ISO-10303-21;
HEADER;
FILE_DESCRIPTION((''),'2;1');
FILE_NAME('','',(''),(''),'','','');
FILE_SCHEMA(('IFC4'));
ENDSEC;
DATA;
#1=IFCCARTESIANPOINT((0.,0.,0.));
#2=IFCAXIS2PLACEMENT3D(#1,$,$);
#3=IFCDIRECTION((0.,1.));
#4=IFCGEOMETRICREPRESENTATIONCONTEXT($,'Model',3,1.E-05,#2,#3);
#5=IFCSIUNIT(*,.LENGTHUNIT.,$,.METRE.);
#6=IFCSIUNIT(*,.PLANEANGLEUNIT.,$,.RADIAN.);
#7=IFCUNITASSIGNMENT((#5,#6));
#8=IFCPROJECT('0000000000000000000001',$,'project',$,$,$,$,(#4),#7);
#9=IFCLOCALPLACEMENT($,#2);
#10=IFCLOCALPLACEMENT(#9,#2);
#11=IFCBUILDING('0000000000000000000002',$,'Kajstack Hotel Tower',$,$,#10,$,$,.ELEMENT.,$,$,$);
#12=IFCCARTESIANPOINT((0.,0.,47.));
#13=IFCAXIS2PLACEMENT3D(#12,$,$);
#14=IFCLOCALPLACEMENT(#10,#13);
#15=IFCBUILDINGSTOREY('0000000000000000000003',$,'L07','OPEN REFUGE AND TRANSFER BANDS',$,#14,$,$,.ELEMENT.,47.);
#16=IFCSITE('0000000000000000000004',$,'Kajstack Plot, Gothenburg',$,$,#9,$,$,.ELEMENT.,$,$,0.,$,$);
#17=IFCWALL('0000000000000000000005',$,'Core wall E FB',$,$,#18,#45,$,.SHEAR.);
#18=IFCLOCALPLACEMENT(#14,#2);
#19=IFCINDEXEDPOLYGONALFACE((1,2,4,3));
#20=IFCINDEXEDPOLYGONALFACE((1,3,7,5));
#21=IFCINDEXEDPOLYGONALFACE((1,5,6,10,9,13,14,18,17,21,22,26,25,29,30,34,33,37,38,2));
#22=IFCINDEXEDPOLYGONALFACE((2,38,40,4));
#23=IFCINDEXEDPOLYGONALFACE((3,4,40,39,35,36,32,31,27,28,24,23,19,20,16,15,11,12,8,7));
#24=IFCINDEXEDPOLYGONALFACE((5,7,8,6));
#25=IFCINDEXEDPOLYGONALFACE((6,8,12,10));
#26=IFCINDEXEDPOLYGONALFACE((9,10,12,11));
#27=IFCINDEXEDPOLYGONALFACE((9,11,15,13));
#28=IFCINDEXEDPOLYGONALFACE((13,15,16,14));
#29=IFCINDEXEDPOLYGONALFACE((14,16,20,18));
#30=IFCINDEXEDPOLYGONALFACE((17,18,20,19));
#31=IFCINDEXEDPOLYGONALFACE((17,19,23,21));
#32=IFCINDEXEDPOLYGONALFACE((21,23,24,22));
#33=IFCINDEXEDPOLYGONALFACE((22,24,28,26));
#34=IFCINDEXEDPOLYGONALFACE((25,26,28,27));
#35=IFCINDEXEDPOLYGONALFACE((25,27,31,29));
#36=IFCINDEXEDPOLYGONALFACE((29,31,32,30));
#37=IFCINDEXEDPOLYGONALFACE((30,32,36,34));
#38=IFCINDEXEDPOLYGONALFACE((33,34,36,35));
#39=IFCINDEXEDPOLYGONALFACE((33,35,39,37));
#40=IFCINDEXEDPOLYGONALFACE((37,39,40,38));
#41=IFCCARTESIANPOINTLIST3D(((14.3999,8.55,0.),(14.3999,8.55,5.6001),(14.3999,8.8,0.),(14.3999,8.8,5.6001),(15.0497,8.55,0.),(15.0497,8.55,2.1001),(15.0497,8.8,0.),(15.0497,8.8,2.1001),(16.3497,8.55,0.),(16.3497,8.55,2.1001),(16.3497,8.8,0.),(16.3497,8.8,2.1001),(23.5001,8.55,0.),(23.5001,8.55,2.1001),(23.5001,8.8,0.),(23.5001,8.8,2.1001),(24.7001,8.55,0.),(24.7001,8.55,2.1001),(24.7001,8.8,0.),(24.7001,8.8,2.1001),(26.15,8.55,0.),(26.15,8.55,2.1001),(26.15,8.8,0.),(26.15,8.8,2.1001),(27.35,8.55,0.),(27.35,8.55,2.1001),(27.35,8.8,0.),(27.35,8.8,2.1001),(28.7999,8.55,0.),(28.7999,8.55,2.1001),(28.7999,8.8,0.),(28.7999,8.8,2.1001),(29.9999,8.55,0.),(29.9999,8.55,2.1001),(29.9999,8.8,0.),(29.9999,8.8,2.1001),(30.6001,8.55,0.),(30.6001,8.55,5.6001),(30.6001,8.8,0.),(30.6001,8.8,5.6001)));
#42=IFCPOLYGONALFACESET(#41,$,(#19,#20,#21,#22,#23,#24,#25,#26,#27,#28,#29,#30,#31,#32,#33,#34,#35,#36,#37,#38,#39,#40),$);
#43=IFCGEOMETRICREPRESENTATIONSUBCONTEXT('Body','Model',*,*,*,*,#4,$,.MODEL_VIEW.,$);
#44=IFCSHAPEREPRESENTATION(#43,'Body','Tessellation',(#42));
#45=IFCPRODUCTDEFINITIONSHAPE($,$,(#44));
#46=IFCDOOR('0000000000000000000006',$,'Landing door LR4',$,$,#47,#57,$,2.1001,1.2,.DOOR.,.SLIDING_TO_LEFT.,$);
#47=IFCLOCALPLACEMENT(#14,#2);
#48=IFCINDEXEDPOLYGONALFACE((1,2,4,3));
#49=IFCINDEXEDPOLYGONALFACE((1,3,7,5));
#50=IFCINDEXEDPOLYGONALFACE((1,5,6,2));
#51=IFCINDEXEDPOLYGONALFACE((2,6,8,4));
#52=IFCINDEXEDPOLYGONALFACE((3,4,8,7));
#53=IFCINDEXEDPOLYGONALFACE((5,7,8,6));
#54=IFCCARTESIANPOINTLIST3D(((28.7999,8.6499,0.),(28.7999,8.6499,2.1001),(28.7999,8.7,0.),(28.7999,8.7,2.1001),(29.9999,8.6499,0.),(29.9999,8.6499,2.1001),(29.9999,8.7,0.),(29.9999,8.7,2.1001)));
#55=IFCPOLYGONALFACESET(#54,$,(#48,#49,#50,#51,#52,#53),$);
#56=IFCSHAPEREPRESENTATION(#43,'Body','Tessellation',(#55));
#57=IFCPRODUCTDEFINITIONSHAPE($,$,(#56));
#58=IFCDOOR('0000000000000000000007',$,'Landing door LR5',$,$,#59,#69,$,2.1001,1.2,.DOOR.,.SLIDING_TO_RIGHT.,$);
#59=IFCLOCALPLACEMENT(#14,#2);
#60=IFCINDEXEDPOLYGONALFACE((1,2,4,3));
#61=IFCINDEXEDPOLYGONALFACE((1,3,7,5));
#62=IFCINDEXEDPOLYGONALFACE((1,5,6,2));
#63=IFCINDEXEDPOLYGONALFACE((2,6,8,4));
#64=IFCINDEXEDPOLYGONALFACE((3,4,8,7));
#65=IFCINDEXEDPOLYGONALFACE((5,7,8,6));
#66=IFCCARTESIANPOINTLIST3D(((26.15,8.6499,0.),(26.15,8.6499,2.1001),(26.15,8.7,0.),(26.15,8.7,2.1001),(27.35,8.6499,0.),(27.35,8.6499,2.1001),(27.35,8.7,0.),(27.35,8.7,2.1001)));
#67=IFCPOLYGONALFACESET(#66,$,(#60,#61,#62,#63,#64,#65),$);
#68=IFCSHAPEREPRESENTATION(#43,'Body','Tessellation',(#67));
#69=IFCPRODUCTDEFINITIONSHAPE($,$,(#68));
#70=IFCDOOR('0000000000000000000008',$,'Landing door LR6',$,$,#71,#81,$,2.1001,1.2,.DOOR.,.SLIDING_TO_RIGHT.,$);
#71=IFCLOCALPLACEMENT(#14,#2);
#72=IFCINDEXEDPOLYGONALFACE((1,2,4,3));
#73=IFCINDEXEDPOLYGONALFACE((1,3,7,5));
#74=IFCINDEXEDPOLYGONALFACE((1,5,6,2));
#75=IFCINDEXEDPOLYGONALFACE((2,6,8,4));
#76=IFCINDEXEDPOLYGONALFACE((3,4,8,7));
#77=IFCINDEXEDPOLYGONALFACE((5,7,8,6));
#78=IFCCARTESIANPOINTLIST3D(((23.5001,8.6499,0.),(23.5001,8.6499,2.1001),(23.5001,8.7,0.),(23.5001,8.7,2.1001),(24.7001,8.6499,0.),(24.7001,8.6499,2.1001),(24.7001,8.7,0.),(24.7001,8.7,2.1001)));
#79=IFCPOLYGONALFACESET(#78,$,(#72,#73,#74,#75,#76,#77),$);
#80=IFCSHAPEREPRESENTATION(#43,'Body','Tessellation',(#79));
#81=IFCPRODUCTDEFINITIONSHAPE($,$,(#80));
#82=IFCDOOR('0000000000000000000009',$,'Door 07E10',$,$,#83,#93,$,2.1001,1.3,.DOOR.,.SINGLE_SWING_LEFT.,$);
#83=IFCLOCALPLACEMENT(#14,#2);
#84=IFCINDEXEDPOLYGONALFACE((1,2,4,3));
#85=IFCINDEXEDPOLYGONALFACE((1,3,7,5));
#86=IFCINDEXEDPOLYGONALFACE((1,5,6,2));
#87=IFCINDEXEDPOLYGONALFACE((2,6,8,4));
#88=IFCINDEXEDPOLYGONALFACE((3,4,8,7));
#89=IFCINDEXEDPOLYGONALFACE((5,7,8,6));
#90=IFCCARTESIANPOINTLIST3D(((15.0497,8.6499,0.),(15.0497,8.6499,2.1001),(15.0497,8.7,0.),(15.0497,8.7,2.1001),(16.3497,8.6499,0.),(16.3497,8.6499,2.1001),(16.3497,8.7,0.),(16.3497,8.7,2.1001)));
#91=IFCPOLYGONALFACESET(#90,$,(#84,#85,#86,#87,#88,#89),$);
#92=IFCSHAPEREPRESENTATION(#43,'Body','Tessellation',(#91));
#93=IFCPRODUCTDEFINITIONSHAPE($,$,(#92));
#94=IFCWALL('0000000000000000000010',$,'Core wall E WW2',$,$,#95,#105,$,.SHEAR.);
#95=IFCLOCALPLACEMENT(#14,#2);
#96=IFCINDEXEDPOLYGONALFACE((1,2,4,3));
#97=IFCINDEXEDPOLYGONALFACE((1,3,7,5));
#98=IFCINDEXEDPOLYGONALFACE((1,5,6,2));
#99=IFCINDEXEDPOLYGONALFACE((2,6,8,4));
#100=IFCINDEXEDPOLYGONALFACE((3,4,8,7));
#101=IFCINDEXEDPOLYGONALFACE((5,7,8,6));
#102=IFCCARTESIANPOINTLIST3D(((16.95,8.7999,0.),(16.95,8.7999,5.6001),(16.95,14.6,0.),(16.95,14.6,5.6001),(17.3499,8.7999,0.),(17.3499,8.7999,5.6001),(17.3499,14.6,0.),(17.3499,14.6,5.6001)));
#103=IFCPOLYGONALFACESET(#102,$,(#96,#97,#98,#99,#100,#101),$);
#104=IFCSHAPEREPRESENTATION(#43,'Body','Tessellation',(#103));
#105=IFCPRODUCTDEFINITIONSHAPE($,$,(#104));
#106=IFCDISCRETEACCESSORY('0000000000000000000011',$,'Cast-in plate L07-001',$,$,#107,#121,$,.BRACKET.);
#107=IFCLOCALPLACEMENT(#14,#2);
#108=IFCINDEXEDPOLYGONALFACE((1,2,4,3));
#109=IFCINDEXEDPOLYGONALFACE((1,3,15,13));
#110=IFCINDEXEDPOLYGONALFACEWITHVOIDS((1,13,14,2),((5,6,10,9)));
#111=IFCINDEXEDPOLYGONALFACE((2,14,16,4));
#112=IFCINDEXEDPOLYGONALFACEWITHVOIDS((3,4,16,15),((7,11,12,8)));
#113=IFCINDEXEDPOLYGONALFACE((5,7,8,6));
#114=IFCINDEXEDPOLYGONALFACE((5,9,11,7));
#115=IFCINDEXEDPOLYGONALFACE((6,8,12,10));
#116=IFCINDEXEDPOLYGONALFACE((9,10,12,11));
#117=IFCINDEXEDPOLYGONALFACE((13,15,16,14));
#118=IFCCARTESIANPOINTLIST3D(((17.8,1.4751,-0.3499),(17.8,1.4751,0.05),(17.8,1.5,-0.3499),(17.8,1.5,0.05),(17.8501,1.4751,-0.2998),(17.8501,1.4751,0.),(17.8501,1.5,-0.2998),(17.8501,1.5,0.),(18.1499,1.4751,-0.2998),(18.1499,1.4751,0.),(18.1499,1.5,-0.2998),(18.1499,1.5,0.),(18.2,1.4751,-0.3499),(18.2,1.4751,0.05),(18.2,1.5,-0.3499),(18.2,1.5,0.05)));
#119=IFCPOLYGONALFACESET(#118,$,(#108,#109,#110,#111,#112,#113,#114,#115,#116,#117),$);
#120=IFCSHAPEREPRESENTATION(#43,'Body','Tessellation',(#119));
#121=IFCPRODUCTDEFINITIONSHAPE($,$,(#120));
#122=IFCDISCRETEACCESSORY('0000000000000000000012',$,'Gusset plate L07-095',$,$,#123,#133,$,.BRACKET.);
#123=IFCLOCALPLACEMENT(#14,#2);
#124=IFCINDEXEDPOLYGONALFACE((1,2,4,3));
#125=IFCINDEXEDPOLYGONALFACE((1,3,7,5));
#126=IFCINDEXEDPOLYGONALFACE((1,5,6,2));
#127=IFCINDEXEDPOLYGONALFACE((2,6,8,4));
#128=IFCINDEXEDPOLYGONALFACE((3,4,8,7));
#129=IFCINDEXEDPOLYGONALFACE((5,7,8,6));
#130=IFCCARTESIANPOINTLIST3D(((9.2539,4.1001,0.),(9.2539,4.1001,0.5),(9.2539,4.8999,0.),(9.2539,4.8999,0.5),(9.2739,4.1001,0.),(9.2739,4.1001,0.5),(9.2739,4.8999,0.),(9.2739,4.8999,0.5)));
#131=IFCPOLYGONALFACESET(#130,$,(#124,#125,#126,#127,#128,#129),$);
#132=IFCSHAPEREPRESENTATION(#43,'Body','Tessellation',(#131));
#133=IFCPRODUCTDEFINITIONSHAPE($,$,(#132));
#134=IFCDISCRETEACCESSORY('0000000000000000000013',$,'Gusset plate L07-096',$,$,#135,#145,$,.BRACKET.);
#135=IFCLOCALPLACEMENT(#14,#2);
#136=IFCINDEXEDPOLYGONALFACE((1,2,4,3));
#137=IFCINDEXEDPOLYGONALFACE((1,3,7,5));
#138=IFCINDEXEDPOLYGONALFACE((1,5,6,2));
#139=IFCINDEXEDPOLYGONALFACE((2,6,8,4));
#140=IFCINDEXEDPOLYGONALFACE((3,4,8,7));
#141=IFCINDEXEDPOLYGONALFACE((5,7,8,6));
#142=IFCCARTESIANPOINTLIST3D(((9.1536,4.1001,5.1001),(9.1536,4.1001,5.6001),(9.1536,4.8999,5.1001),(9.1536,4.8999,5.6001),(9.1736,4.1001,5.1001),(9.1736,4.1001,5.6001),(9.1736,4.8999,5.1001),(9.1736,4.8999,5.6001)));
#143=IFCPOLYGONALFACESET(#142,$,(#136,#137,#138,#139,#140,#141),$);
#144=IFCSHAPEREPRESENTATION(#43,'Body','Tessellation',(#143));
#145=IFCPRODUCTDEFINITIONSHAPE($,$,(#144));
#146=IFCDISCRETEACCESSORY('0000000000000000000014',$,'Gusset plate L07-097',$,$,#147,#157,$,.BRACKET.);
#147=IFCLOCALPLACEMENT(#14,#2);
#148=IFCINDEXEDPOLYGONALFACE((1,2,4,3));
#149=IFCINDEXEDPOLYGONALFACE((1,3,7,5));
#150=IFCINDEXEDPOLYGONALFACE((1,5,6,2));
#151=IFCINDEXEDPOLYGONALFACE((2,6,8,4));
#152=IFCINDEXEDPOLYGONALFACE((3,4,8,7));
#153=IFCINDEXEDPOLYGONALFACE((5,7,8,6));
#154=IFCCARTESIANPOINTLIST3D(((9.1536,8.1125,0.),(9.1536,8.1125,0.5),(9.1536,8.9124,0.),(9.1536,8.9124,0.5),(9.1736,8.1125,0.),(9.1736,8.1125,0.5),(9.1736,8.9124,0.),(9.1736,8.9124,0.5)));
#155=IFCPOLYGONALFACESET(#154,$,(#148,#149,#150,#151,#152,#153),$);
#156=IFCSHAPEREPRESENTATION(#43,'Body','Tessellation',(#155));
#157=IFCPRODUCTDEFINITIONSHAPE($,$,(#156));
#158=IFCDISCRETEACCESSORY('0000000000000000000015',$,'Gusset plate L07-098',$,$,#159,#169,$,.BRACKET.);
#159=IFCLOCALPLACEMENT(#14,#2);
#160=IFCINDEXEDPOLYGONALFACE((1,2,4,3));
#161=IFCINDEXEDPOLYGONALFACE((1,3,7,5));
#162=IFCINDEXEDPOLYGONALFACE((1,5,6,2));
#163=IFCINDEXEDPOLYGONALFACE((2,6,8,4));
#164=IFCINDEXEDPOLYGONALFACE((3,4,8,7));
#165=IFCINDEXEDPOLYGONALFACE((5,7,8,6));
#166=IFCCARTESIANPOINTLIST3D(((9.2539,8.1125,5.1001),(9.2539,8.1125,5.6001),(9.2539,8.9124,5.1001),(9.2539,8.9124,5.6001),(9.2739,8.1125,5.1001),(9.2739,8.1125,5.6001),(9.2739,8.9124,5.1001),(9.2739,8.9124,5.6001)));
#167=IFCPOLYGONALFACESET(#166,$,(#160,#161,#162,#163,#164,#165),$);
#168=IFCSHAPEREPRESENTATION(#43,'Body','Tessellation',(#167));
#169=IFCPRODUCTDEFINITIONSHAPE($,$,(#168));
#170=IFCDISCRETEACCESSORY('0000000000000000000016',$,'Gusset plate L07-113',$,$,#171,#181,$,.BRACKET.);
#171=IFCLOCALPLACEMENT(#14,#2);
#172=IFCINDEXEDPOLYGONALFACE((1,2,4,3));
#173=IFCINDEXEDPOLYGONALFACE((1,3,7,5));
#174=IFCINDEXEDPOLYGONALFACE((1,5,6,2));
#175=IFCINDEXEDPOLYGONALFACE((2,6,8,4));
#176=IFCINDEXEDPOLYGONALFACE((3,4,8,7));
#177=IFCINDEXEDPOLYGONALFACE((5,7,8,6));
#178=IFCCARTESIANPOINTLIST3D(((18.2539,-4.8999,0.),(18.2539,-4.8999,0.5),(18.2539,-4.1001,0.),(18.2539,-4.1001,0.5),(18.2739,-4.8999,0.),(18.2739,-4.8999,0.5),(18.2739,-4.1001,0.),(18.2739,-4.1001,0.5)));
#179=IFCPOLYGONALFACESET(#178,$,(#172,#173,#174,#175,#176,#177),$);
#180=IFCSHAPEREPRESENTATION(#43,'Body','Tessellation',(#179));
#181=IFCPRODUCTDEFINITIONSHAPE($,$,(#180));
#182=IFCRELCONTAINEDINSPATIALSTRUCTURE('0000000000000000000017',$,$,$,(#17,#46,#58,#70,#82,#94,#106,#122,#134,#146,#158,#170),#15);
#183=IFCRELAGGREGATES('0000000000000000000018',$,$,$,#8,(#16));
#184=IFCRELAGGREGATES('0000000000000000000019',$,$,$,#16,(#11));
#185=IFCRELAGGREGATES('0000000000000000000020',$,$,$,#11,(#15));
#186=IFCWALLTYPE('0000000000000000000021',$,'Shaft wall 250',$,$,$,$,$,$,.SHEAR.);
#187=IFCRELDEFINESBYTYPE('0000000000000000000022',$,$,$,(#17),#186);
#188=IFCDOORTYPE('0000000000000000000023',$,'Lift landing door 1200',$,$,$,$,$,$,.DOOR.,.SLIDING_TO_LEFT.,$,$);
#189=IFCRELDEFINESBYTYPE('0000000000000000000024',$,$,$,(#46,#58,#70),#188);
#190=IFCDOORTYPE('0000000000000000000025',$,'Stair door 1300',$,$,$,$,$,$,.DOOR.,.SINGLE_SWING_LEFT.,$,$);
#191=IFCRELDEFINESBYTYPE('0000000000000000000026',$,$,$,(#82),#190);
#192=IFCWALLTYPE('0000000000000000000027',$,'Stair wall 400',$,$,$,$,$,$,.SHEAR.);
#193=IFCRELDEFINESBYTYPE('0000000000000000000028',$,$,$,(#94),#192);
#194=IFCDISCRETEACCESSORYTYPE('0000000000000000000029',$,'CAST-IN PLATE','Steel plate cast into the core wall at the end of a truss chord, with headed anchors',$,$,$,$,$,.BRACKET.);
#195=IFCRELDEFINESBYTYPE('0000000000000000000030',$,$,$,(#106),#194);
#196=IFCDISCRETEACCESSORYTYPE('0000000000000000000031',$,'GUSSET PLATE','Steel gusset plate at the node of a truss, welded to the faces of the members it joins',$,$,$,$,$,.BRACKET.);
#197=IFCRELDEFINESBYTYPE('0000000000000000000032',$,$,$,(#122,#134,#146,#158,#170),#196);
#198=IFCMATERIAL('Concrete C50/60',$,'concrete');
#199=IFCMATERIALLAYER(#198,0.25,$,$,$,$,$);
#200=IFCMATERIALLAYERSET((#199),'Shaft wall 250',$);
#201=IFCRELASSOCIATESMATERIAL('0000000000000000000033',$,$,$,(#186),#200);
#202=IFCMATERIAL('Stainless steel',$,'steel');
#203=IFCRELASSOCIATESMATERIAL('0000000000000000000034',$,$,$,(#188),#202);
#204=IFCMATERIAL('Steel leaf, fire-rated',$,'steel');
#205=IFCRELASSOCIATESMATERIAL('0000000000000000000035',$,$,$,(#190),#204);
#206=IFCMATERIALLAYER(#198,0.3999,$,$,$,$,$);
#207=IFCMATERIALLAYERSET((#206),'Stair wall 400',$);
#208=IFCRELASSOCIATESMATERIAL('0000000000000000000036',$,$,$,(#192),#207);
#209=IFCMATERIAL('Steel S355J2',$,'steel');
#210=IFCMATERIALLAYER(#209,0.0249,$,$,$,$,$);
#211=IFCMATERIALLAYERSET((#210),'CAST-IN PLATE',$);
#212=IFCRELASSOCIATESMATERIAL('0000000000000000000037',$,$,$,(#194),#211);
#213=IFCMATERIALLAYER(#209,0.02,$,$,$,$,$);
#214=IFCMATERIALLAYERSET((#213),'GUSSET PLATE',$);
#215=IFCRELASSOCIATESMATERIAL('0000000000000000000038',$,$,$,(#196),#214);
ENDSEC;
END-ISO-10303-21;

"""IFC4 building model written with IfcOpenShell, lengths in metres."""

from ifc_helpers import new_model, si_unit, direction, frame, frame_2d, origin, place, context, subcontext, project, spatial, polyline, rectangle, outline, extrude, material, layer, layer_set, type_object, element, fill, save


model = new_model("IFC4")

# Units and contexts
model_context = context("Model", 3, precision=1e-05, world=origin(), true_north=direction((0.0, 1.0)))
body_context = subcontext(model_context, "Body", "Model", "MODEL_VIEW")
ifc_project = project(units=[si_unit("LENGTHUNIT", "METRE"), si_unit("PLANEANGLEUNIT", "RADIAN")], contexts=[model_context])

# Site, building, storey
site_placement = place(None, origin())
site = spatial("IfcSite", under=ifc_project, at=site_placement, Name="Kajstack Plot, Gothenburg", CompositionType="ELEMENT", RefElevation=0.0)
building_placement = place(site_placement, origin())
building = spatial("IfcBuilding", under=site, at=building_placement, Name="Kajstack Hotel Tower", CompositionType="ELEMENT")
storey_placement = place(building_placement, frame((0.0, 0.0, 47.0)))
storey = spatial("IfcBuildingStorey", under=building, at=storey_placement, Name="L07", Description="OPEN REFUGE AND TRANSFER BANDS", CompositionType="ELEMENT", Elevation=47.0)

# Shared definitions
ifc_material_1 = material(Name="Steel S355J2", Category="steel")

# Shared definitions
ifc_material_2 = material(Name="Concrete C50/60", Category="concrete")
ifc_layer_1 = layer(ifc_material_2, 0.25)
ifc_layer_set_1 = layer_set([ifc_layer_1], Name="Shaft wall 250")
wall_type_1 = type_object("IfcWallType", Name="Shaft wall 250", PredefinedType="SHEAR", material=ifc_layer_set_1)

# Wall, openings, doors
wall_1_placement = place(storey_placement, frame((14.3999, 8.675, 0.0), z_axis=(0.0, 0.0, 1.0), x_axis=(1.0, 0.0, 0.0)))
wall_1 = element("IfcWall", 1, at=wall_1_placement, inside=storey, type_object=wall_type_1, Name="Core wall E FB", PredefinedType="SHEAR", context=body_context, shape_type="SweptSolid", body=[
    extrude(rectangle(XDim=16.2002, YDim=0.25, at=frame_2d((8.1001, 0.0))), origin(), (0.0, 0.0, 1.0), 5.6001),
])
opening_1_placement = place(wall_1_placement, frame((14.3999, 0.0, 0.0)))
opening_1 = element("IfcOpeningElement", 2, at=opening_1_placement, cuts=wall_1, PredefinedType="OPENING", context=body_context, shape_type="SweptSolid", body=[
    extrude(rectangle(XDim=1.2, YDim=2.1001, at=frame_2d((0.6001, 1.05))), frame((0.0, 0.135, 0.0), z_axis=(0.0, -1.0, 0.0), x_axis=(1.0, 0.0, 0.0)), (0.0, 0.0, 1.0), 0.27),
])
opening_2_placement = place(wall_1_placement, frame((11.75, 0.0, 0.0)))
opening_2 = element("IfcOpeningElement", 3, at=opening_2_placement, cuts=wall_1, PredefinedType="OPENING", context=body_context, shape_type="SweptSolid", body=[
    extrude(rectangle(XDim=1.2, YDim=2.1001, at=frame_2d((0.6001, 1.05))), frame((0.0, 0.135, 0.0), z_axis=(0.0, -1.0, 0.0), x_axis=(1.0, 0.0, 0.0)), (0.0, 0.0, 1.0), 0.27),
])
opening_3_placement = place(wall_1_placement, frame((9.1001, 0.0, 0.0)))
opening_3 = element("IfcOpeningElement", 4, at=opening_3_placement, cuts=wall_1, PredefinedType="OPENING", context=body_context, shape_type="SweptSolid", body=[
    extrude(rectangle(XDim=1.2, YDim=2.1001, at=frame_2d((0.6001, 1.05))), frame((0.0, 0.135, 0.0), z_axis=(0.0, -1.0, 0.0), x_axis=(1.0, 0.0, 0.0)), (0.0, 0.0, 1.0), 0.27),
])
opening_4_placement = place(wall_1_placement, frame((0.6499, 0.0, 0.0)))
opening_4 = element("IfcOpeningElement", 5, at=opening_4_placement, cuts=wall_1, PredefinedType="OPENING", context=body_context, shape_type="SweptSolid", body=[
    extrude(rectangle(XDim=1.3, YDim=2.1001, at=frame_2d((0.6499, 1.05))), frame((0.0, 0.135, 0.0), z_axis=(0.0, -1.0, 0.0), x_axis=(1.0, 0.0, 0.0)), (0.0, 0.0, 1.0), 0.27),
])
ifc_material_3 = material(Name="Stainless steel", Category="steel")
door_type_1 = type_object("IfcDoorType", Name="Lift landing door 1200", OperationType="SLIDING_TO_LEFT", PredefinedType="DOOR", material=ifc_material_3)
door_1_placement = place(opening_1_placement, origin())
door_1 = element("IfcDoor", 6, at=door_1_placement, inside=storey, type_object=door_type_1, Name="Landing door LR4", OperationType="SLIDING_TO_LEFT", OverallHeight=2.1001, OverallWidth=1.2, PredefinedType="DOOR", context=body_context, shape_type="SweptSolid", body=[
    extrude(rectangle(XDim=1.2, YDim=2.1001, at=frame_2d((0.6001, 1.05))), frame((0.0, 0.0249, 0.0), z_axis=(0.0, -1.0, 0.0), x_axis=(1.0, 0.0, 0.0)), (0.0, 0.0, 1.0), 0.05),
])
fill(opening_1, door_1)
door_2_placement = place(opening_2_placement, origin())
door_2 = element("IfcDoor", 7, at=door_2_placement, inside=storey, type_object=door_type_1, Name="Landing door LR5", OperationType="SLIDING_TO_RIGHT", OverallHeight=2.1001, OverallWidth=1.2, PredefinedType="DOOR", context=body_context, shape_type="SweptSolid", body=[
    extrude(rectangle(XDim=1.2, YDim=2.1001, at=frame_2d((0.6001, 1.05))), frame((0.0, 0.0249, 0.0), z_axis=(0.0, -1.0, 0.0), x_axis=(1.0, 0.0, 0.0)), (0.0, 0.0, 1.0), 0.05),
])
fill(opening_2, door_2)
door_3_placement = place(opening_3_placement, origin())
door_3 = element("IfcDoor", 8, at=door_3_placement, inside=storey, type_object=door_type_1, Name="Landing door LR6", OperationType="SLIDING_TO_RIGHT", OverallHeight=2.1001, OverallWidth=1.2, PredefinedType="DOOR", context=body_context, shape_type="SweptSolid", body=[
    extrude(rectangle(XDim=1.2, YDim=2.1001, at=frame_2d((0.6001, 1.05))), frame((0.0, 0.0249, 0.0), z_axis=(0.0, -1.0, 0.0), x_axis=(1.0, 0.0, 0.0)), (0.0, 0.0, 1.0), 0.05),
])
fill(opening_3, door_3)
ifc_material_4 = material(Name="Steel leaf, fire-rated", Category="steel")
door_type_2 = type_object("IfcDoorType", Name="Stair door 1300", OperationType="SINGLE_SWING_LEFT", PredefinedType="DOOR", material=ifc_material_4)
door_4_placement = place(opening_4_placement, origin())
door_4 = element("IfcDoor", 9, at=door_4_placement, inside=storey, type_object=door_type_2, Name="Door 07E10", OperationType="SINGLE_SWING_LEFT", OverallHeight=2.1001, OverallWidth=1.3, PredefinedType="DOOR", context=body_context, shape_type="SweptSolid", body=[
    extrude(rectangle(XDim=1.3, YDim=2.1001, at=frame_2d((0.6499, 1.05))), frame((0.0, 0.0249, 0.0), z_axis=(0.0, -1.0, 0.0), x_axis=(1.0, 0.0, 0.0)), (0.0, 0.0, 1.0), 0.05),
])
fill(opening_4, door_4)

# Wall
ifc_layer_2 = layer(ifc_material_2, 0.3999)
ifc_layer_set_2 = layer_set([ifc_layer_2], Name="Stair wall 400")
wall_type_2 = type_object("IfcWallType", Name="Stair wall 400", PredefinedType="SHEAR", material=ifc_layer_set_2)
wall_2_placement = place(storey_placement, frame((17.1499, 8.8, 0.0), z_axis=(0.0, 0.0, 1.0), x_axis=(0.0, 1.0, 0.0)))
element("IfcWall", 10, at=wall_2_placement, inside=storey, type_object=wall_type_2, Name="Core wall E WW2", PredefinedType="SHEAR", context=body_context, shape_type="SweptSolid", body=[
    extrude(rectangle(XDim=5.8, YDim=0.3999, at=frame_2d((2.8999, 0.0))), origin(), (0.0, 0.0, 1.0), 5.6001),
])

# Discrete accessories
ifc_layer_3 = layer(ifc_material_1, 0.0249)
ifc_layer_set_3 = layer_set([ifc_layer_3], Name="CAST-IN PLATE")
discrete_accessory_type_1 = type_object("IfcDiscreteAccessoryType", Name="CAST-IN PLATE", Description="Steel plate cast into the core wall at the end of a truss chord, with headed anchors", PredefinedType="BRACKET", material=ifc_layer_set_3)
discrete_accessory_1_placement = place(storey_placement, frame((18.0, 1.4751, -0.1499), z_axis=(0.0, 1.0, 0.0), x_axis=(-1.0, 0.0, 0.0)))
element("IfcDiscreteAccessory", 11, at=discrete_accessory_1_placement, inside=storey, type_object=discrete_accessory_type_1, Name="Cast-in plate L07-001", PredefinedType="BRACKET", context=body_context, shape_type="SweptSolid", body=[
    extrude(outline(polyline([(-0.2, -0.2), (0.2, -0.2), (0.2, 0.2), (-0.2, 0.2), (-0.2, -0.2)]), holes=[polyline([(-0.1499, -0.1499), (-0.1499, 0.1499), (0.1499, 0.1499), (0.1499, -0.1499), (-0.1499, -0.1499)])]), origin(), (0.0, 0.0, 1.0), 0.0249),
])
ifc_layer_4 = layer(ifc_material_1, 0.02)
ifc_layer_set_4 = layer_set([ifc_layer_4], Name="GUSSET PLATE")
discrete_accessory_type_2 = type_object("IfcDiscreteAccessoryType", Name="GUSSET PLATE", Description="Steel gusset plate at the node of a truss, welded to the faces of the members it joins", PredefinedType="BRACKET", material=ifc_layer_set_4)
for number, where, z_axis, x_axis, name in (
    (12, (9.2539, 4.5, 0.0), (1.0, 0.0, 0.0), (0.0, 1.0, 0.0), "Gusset plate L07-095"),
    (13, (9.1536, 4.5, 5.1001), (1.0, 0.0, 0.0), (0.0, 1.0, 0.0), "Gusset plate L07-096"),
    (14, (9.1536, 8.5125, 0.0), (1.0, 0.0, 0.0), (0.0, 1.0, 0.0), "Gusset plate L07-097"),
    (15, (9.2539, 8.5125, 5.1001), (1.0, 0.0, 0.0), (0.0, 1.0, 0.0), "Gusset plate L07-098"),
    (16, (18.2539, -4.5, 0.0), (1.0, 0.0, 0.0), (0.0, 1.0, 0.0), "Gusset plate L07-113"),
):
    element("IfcDiscreteAccessory", number, at=place(storey_placement, frame(where, z_axis=z_axis, x_axis=x_axis)), inside=storey, type_object=discrete_accessory_type_2, Name=name, PredefinedType="BRACKET", context=body_context, shape_type="SweptSolid", body=[
        extrude(outline(polyline([(-0.3999, 0.0), (0.3999, 0.0), (0.3999, 0.5), (-0.3999, 0.5), (-0.3999, 0.0)])), origin(), (0.0, 0.0, 1.0), 0.02),
    ])

save(model, "model.ifc")
